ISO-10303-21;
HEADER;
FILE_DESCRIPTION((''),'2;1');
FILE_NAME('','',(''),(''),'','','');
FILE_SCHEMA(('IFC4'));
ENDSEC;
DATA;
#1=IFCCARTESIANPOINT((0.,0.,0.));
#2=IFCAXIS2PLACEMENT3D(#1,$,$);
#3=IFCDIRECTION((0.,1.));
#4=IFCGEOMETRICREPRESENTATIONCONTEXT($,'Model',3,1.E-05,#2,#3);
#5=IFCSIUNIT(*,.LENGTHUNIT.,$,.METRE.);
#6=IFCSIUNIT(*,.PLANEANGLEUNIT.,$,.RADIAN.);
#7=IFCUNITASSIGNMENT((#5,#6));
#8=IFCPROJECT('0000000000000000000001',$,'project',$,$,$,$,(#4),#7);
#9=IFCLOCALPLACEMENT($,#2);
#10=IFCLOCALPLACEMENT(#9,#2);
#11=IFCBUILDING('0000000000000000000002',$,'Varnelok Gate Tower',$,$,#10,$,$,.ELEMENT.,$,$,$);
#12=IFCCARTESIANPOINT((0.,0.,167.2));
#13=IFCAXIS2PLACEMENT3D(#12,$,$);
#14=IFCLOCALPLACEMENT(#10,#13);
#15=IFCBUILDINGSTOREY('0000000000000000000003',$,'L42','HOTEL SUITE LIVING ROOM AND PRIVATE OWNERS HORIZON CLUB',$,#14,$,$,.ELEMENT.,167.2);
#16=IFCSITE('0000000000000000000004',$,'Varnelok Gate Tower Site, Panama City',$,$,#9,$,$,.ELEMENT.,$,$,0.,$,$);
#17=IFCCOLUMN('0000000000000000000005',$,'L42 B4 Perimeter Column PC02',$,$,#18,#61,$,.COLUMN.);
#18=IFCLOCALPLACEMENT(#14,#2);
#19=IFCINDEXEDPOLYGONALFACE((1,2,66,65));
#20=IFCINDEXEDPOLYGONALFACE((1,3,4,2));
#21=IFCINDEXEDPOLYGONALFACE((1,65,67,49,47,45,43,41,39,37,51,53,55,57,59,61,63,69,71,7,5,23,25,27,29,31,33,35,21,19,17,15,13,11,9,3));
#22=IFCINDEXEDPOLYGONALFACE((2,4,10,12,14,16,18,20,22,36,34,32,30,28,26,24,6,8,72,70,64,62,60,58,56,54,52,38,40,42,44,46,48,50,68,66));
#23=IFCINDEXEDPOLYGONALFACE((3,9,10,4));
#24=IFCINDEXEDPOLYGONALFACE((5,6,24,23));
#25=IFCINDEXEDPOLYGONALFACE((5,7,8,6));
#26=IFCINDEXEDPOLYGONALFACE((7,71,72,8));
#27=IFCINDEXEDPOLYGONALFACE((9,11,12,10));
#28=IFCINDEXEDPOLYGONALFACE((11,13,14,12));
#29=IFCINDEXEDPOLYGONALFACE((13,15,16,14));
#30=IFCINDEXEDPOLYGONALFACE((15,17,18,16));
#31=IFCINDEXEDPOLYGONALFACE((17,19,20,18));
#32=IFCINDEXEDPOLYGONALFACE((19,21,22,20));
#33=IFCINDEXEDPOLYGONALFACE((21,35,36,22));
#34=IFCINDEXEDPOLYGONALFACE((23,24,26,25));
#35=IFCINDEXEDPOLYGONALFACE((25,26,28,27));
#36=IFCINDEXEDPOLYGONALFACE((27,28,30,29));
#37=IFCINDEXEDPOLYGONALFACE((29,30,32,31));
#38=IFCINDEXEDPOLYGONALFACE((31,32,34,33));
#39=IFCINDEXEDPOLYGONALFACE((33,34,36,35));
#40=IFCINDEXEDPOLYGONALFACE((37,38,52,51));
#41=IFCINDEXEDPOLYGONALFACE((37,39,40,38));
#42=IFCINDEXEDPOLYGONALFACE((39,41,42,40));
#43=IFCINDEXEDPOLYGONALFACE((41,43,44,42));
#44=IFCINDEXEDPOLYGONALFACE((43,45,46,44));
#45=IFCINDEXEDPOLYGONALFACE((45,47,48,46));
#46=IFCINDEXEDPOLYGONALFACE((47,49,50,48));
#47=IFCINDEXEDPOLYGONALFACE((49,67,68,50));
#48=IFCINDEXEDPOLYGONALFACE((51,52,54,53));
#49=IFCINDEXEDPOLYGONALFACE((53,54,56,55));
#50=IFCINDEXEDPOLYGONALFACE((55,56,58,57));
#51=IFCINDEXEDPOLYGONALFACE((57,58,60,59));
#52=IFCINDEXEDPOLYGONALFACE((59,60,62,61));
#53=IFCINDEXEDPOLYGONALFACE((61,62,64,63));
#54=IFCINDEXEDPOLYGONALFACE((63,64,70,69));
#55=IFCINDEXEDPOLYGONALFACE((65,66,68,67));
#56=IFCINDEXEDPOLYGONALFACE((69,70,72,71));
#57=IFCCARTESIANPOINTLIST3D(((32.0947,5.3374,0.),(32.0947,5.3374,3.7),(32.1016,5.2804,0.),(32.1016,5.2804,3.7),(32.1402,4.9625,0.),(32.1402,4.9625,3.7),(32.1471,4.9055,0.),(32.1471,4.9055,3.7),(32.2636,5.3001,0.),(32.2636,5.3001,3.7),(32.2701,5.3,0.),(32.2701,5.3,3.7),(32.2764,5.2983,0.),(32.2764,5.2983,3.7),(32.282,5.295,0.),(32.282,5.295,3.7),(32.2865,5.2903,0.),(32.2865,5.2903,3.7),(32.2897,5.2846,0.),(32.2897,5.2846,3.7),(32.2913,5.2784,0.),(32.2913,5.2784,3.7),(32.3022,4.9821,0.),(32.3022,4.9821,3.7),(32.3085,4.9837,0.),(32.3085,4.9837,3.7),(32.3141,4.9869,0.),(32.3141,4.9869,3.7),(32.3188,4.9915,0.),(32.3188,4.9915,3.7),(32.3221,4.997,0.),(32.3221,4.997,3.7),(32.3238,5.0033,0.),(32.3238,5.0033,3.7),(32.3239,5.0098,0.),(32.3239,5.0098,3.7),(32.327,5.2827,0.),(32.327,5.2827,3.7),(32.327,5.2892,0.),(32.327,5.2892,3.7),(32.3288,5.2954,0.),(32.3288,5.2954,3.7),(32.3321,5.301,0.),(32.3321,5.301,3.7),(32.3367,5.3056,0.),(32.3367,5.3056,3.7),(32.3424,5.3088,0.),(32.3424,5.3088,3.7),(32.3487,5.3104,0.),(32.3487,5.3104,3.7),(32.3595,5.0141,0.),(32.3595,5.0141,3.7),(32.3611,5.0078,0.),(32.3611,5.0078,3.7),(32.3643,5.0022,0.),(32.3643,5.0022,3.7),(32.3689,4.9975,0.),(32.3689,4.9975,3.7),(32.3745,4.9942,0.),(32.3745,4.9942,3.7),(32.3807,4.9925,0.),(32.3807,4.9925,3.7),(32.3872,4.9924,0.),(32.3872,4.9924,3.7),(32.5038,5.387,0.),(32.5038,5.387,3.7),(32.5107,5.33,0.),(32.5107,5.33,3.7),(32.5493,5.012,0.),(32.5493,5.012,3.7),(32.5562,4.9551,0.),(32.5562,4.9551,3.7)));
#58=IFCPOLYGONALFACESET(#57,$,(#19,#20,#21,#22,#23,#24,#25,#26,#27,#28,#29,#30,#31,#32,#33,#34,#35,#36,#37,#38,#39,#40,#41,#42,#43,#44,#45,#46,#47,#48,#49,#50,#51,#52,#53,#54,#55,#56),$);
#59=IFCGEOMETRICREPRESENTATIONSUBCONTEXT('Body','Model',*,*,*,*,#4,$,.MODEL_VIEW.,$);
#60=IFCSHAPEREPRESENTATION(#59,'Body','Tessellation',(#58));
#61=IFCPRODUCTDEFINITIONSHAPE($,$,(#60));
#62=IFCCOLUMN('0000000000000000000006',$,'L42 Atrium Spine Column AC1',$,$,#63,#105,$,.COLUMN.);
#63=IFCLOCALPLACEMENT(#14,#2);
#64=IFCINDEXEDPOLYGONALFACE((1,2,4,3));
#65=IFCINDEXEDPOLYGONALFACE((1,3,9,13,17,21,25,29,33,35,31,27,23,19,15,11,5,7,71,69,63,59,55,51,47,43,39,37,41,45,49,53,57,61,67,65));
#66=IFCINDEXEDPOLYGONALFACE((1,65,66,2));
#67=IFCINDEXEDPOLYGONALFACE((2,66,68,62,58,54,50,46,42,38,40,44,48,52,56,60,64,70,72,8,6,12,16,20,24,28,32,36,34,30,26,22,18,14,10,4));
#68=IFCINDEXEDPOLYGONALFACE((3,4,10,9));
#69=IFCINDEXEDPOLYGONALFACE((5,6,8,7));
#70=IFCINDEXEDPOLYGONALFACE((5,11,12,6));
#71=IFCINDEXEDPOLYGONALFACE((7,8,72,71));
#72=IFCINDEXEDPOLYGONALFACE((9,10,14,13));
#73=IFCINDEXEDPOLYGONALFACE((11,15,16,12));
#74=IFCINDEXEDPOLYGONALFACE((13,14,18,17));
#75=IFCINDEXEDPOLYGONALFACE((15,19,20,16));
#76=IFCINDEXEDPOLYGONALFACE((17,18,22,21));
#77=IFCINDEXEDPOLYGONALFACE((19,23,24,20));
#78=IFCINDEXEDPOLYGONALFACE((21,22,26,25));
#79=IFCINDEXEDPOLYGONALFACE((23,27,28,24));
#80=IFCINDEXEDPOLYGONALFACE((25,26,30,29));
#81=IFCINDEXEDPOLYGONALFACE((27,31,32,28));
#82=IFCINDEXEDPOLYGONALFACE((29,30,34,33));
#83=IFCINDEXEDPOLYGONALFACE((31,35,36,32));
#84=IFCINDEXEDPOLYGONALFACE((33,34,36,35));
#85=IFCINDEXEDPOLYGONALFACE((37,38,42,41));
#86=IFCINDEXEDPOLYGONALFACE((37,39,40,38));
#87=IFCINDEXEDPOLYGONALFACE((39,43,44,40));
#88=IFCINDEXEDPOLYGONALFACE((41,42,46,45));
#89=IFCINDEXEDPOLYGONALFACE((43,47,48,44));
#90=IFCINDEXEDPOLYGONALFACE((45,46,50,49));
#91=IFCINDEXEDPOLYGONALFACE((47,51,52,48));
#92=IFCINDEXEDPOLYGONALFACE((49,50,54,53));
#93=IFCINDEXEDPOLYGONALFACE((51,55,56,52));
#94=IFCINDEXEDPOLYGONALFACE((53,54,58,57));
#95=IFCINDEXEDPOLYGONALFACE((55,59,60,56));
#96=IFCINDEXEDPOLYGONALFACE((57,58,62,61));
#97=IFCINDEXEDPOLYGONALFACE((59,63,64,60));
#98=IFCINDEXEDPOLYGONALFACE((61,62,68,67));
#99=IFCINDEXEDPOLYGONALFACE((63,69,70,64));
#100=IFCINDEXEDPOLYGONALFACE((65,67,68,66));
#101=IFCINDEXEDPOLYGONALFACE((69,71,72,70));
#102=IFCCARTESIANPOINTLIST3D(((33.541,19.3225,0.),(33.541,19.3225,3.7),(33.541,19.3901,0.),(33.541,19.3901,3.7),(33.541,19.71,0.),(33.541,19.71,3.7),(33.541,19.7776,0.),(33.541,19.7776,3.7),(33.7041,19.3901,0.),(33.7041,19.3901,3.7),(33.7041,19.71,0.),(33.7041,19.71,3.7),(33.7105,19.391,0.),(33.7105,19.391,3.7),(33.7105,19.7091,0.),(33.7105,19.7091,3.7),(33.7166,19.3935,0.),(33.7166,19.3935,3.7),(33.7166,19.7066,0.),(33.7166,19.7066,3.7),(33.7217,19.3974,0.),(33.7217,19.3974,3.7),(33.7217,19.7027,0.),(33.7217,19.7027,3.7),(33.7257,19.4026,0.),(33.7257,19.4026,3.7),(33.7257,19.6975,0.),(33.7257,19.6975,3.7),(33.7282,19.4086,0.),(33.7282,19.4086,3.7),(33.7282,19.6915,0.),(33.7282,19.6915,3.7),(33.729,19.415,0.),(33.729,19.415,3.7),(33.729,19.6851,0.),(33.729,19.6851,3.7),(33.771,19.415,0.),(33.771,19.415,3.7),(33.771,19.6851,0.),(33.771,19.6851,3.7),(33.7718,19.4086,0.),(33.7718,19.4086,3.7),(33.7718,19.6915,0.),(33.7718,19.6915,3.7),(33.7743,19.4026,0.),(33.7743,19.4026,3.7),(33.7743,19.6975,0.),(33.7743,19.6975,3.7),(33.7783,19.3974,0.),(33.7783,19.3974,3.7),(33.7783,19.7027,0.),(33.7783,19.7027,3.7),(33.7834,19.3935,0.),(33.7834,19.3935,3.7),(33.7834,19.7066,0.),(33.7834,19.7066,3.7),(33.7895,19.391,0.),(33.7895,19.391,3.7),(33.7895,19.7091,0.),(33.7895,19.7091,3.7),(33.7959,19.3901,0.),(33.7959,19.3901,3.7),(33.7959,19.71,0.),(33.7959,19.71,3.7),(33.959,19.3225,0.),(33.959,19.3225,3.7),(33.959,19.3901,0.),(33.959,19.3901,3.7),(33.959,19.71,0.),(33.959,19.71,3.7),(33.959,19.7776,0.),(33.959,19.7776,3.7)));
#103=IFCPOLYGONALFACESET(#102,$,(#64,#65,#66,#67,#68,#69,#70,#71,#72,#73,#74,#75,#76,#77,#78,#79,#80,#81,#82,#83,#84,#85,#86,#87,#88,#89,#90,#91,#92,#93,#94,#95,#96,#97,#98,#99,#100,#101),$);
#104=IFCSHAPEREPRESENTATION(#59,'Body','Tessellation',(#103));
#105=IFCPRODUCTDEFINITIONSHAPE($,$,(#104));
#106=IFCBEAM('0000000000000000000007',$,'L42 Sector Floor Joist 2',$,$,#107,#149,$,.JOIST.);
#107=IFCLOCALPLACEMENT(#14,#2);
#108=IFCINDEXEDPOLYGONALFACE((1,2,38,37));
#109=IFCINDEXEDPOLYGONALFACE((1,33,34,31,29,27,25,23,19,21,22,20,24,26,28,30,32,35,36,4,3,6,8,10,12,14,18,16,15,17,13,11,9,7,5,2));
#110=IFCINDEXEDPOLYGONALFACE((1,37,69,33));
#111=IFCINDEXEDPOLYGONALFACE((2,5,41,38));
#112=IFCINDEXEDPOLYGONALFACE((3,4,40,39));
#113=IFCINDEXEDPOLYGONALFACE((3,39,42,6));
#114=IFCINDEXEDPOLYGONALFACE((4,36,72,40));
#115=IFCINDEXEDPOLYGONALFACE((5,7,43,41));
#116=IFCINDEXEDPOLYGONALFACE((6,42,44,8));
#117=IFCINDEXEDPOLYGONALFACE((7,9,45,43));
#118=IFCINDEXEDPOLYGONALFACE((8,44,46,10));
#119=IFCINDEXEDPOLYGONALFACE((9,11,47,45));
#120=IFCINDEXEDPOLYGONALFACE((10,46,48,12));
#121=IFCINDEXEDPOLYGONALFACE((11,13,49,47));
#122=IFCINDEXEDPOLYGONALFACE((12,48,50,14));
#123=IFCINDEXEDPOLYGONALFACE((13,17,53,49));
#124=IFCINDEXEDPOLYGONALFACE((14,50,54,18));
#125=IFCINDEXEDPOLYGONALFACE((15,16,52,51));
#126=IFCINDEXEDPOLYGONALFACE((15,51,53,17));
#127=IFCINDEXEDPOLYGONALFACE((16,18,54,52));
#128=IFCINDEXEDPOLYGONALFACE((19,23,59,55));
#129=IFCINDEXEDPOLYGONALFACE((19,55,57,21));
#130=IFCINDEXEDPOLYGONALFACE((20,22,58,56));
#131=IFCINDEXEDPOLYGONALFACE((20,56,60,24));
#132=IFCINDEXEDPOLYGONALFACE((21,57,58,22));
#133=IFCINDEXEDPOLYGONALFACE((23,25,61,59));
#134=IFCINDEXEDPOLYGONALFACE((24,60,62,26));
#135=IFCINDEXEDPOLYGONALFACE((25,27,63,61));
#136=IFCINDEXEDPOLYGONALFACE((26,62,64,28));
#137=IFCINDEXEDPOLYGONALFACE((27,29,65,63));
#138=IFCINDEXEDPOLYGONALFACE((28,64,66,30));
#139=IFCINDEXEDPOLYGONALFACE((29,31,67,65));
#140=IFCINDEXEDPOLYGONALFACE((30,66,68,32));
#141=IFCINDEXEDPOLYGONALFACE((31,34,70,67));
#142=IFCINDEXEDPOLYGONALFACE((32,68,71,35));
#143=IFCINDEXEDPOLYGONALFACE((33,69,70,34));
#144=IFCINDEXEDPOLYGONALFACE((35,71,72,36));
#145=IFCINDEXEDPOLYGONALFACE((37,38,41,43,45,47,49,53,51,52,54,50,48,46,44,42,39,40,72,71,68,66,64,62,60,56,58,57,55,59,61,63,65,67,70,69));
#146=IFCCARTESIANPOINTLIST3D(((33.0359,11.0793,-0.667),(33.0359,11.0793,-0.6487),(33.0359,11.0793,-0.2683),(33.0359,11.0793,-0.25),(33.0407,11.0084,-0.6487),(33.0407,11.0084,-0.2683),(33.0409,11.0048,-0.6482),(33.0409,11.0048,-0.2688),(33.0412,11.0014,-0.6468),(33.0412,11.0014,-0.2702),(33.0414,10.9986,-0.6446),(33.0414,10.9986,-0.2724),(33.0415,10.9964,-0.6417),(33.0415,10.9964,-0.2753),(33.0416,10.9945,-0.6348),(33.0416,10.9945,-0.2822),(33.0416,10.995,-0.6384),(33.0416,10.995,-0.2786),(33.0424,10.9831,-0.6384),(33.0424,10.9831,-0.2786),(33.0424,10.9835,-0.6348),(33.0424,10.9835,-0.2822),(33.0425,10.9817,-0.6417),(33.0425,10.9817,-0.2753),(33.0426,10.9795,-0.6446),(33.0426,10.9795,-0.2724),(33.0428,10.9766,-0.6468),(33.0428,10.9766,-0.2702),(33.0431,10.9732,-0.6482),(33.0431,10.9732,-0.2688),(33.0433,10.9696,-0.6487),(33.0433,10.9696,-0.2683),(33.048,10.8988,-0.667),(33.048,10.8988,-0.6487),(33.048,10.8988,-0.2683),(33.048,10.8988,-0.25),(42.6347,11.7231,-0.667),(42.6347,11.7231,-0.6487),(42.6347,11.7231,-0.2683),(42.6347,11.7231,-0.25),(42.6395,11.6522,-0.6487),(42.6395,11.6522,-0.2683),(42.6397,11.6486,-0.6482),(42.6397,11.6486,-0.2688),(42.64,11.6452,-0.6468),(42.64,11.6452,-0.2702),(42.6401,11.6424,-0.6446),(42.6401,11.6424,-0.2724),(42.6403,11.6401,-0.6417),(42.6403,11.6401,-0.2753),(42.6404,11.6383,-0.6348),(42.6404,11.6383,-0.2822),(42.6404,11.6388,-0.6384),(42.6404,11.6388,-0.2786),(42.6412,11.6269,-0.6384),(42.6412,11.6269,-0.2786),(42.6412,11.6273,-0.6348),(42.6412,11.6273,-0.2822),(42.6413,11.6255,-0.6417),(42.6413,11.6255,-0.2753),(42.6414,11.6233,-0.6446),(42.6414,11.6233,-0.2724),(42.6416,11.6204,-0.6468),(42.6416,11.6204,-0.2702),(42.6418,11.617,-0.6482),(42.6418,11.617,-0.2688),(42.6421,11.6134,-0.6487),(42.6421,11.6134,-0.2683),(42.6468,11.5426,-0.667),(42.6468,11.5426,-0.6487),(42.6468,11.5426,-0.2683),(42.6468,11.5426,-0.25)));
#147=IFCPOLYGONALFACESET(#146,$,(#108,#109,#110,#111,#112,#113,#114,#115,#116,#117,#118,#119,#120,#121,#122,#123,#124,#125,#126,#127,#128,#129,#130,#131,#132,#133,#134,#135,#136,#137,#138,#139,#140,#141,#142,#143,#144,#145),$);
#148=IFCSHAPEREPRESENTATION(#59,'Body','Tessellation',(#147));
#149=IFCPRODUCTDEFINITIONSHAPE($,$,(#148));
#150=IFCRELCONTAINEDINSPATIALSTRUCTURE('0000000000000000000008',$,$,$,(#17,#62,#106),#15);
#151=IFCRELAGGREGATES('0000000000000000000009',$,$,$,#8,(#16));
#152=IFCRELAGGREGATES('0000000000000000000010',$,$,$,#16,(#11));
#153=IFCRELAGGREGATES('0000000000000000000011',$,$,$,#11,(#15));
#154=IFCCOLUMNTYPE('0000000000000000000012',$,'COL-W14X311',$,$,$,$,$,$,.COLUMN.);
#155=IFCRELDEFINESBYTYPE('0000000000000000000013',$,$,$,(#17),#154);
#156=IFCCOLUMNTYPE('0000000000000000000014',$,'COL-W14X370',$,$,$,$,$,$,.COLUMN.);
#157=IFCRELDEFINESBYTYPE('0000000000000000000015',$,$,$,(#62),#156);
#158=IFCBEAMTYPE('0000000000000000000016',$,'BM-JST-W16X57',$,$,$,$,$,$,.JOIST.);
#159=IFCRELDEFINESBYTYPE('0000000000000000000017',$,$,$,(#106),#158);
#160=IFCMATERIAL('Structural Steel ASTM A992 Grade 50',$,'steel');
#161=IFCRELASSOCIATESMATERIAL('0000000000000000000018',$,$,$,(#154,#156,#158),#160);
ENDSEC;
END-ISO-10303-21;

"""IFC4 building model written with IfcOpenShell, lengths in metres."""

from ifc_helpers import new_model, si_unit, direction, frame, origin, origin_2d, place, context, subcontext, project, spatial, i_section, extrude, material, material_profile, profile_set, type_object, element, save


model = new_model("IFC4")

# Units and contexts
model_context = context("Model", 3, precision=1e-05, world=origin(), true_north=direction((0.0, 1.0)))
body_context = subcontext(model_context, "Body", "Model", "MODEL_VIEW")
ifc_project = project(units=[si_unit("LENGTHUNIT", "METRE"), si_unit("PLANEANGLEUNIT", "RADIAN")], contexts=[model_context])

# Site, building, storey
site_placement = place(None, origin())
site = spatial("IfcSite", under=ifc_project, at=site_placement, Name="Varnelok Gate Tower Site, Panama City", CompositionType="ELEMENT", RefElevation=0.0)
building_placement = place(site_placement, origin())
building = spatial("IfcBuilding", under=site, at=building_placement, Name="Varnelok Gate Tower", CompositionType="ELEMENT")
storey_placement = place(building_placement, frame((0.0, 0.0, 167.2)))
storey = spatial("IfcBuildingStorey", under=building, at=storey_placement, Name="L42", Description="HOTEL SUITE LIVING ROOM AND PRIVATE OWNERS HORIZON CLUB", CompositionType="ELEMENT", Elevation=167.2)

# Columns
ifc_material_1 = material(Name="Structural Steel ASTM A992 Grade 50", Category="steel")
ifc_material_profile_1 = material_profile(ifc_material_1, i_section(OverallWidth=0.4121, OverallDepth=0.4351, WebThickness=0.0359, FlangeThickness=0.0574, FilletRadius=0.0249, at=origin_2d()), Name="W14X311")
ifc_profile_set_1 = profile_set([ifc_material_profile_1], Name="Structural Steel ASTM A992 Grade 50")
column_type_1 = type_object("IfcColumnType", Name="COL-W14X311", PredefinedType="COLUMN", material=ifc_profile_set_1)
column_1_placement = place(storey_placement, frame((32.3254, 5.1462, 0.0), z_axis=(0.0, 0.0, 1.0), x_axis=(0.992732, 0.120345, 0.0)))
element("IfcColumn", 1, at=column_1_placement, inside=storey, type_object=column_type_1, Name="L42 B4 Perimeter Column PC02", PredefinedType="COLUMN", context=body_context, shape_type="SweptSolid", body=[
    extrude(i_section(OverallWidth=0.4121, OverallDepth=0.4351, WebThickness=0.0359, FlangeThickness=0.0574, FilletRadius=0.0249, at=origin_2d()), origin(), (0.0, 0.0, 1.0), 3.7),
])
ifc_material_profile_2 = material_profile(ifc_material_1, i_section(OverallWidth=0.418, OverallDepth=0.4551, WebThickness=0.042, FlangeThickness=0.0676, FilletRadius=0.0249, at=origin_2d()), Name="W14X370")
ifc_profile_set_2 = profile_set([ifc_material_profile_2], Name="Structural Steel ASTM A992 Grade 50")
column_type_2 = type_object("IfcColumnType", Name="COL-W14X370", PredefinedType="COLUMN", material=ifc_profile_set_2)
column_2_placement = place(storey_placement, frame((33.75, 19.55, 0.0), z_axis=(0.0, 0.0, 1.0), x_axis=(1.0, 0.0, 0.0)))
element("IfcColumn", 2, at=column_2_placement, inside=storey, type_object=column_type_2, Name="L42 Atrium Spine Column AC1", PredefinedType="COLUMN", context=body_context, shape_type="SweptSolid", body=[
    extrude(i_section(OverallWidth=0.418, OverallDepth=0.4551, WebThickness=0.042, FlangeThickness=0.0676, FilletRadius=0.0249, at=origin_2d()), origin(), (0.0, 0.0, 1.0), 3.7),
])

# Beam
ifc_material_profile_3 = material_profile(ifc_material_1, i_section(OverallWidth=0.1809, OverallDepth=0.417, WebThickness=0.011, FlangeThickness=0.0183, FilletRadius=0.0139, at=origin_2d()), Name="W16X57")
ifc_profile_set_3 = profile_set([ifc_material_profile_3], Name="Structural Steel ASTM A992 Grade 50")
beam_type_1 = type_object("IfcBeamType", Name="BM-JST-W16X57", PredefinedType="JOIST", material=ifc_profile_set_3)
beam_1_placement = place(storey_placement, frame((33.042, 10.989, -0.4585), z_axis=(0.997758, 0.06692, 0.0), x_axis=(-0.06692, 0.997758, 0.0)))
element("IfcBeam", 3, at=beam_1_placement, inside=storey, type_object=beam_type_1, Name="L42 Sector Floor Joist 2", PredefinedType="JOIST", context=body_context, shape_type="SweptSolid", body=[
    extrude(i_section(OverallWidth=0.1809, OverallDepth=0.417, WebThickness=0.011, FlangeThickness=0.0183, FilletRadius=0.0139, at=origin_2d()), origin(), (0.0, 0.0, 1.0), 9.6204),
])

save(model, "model.ifc")
